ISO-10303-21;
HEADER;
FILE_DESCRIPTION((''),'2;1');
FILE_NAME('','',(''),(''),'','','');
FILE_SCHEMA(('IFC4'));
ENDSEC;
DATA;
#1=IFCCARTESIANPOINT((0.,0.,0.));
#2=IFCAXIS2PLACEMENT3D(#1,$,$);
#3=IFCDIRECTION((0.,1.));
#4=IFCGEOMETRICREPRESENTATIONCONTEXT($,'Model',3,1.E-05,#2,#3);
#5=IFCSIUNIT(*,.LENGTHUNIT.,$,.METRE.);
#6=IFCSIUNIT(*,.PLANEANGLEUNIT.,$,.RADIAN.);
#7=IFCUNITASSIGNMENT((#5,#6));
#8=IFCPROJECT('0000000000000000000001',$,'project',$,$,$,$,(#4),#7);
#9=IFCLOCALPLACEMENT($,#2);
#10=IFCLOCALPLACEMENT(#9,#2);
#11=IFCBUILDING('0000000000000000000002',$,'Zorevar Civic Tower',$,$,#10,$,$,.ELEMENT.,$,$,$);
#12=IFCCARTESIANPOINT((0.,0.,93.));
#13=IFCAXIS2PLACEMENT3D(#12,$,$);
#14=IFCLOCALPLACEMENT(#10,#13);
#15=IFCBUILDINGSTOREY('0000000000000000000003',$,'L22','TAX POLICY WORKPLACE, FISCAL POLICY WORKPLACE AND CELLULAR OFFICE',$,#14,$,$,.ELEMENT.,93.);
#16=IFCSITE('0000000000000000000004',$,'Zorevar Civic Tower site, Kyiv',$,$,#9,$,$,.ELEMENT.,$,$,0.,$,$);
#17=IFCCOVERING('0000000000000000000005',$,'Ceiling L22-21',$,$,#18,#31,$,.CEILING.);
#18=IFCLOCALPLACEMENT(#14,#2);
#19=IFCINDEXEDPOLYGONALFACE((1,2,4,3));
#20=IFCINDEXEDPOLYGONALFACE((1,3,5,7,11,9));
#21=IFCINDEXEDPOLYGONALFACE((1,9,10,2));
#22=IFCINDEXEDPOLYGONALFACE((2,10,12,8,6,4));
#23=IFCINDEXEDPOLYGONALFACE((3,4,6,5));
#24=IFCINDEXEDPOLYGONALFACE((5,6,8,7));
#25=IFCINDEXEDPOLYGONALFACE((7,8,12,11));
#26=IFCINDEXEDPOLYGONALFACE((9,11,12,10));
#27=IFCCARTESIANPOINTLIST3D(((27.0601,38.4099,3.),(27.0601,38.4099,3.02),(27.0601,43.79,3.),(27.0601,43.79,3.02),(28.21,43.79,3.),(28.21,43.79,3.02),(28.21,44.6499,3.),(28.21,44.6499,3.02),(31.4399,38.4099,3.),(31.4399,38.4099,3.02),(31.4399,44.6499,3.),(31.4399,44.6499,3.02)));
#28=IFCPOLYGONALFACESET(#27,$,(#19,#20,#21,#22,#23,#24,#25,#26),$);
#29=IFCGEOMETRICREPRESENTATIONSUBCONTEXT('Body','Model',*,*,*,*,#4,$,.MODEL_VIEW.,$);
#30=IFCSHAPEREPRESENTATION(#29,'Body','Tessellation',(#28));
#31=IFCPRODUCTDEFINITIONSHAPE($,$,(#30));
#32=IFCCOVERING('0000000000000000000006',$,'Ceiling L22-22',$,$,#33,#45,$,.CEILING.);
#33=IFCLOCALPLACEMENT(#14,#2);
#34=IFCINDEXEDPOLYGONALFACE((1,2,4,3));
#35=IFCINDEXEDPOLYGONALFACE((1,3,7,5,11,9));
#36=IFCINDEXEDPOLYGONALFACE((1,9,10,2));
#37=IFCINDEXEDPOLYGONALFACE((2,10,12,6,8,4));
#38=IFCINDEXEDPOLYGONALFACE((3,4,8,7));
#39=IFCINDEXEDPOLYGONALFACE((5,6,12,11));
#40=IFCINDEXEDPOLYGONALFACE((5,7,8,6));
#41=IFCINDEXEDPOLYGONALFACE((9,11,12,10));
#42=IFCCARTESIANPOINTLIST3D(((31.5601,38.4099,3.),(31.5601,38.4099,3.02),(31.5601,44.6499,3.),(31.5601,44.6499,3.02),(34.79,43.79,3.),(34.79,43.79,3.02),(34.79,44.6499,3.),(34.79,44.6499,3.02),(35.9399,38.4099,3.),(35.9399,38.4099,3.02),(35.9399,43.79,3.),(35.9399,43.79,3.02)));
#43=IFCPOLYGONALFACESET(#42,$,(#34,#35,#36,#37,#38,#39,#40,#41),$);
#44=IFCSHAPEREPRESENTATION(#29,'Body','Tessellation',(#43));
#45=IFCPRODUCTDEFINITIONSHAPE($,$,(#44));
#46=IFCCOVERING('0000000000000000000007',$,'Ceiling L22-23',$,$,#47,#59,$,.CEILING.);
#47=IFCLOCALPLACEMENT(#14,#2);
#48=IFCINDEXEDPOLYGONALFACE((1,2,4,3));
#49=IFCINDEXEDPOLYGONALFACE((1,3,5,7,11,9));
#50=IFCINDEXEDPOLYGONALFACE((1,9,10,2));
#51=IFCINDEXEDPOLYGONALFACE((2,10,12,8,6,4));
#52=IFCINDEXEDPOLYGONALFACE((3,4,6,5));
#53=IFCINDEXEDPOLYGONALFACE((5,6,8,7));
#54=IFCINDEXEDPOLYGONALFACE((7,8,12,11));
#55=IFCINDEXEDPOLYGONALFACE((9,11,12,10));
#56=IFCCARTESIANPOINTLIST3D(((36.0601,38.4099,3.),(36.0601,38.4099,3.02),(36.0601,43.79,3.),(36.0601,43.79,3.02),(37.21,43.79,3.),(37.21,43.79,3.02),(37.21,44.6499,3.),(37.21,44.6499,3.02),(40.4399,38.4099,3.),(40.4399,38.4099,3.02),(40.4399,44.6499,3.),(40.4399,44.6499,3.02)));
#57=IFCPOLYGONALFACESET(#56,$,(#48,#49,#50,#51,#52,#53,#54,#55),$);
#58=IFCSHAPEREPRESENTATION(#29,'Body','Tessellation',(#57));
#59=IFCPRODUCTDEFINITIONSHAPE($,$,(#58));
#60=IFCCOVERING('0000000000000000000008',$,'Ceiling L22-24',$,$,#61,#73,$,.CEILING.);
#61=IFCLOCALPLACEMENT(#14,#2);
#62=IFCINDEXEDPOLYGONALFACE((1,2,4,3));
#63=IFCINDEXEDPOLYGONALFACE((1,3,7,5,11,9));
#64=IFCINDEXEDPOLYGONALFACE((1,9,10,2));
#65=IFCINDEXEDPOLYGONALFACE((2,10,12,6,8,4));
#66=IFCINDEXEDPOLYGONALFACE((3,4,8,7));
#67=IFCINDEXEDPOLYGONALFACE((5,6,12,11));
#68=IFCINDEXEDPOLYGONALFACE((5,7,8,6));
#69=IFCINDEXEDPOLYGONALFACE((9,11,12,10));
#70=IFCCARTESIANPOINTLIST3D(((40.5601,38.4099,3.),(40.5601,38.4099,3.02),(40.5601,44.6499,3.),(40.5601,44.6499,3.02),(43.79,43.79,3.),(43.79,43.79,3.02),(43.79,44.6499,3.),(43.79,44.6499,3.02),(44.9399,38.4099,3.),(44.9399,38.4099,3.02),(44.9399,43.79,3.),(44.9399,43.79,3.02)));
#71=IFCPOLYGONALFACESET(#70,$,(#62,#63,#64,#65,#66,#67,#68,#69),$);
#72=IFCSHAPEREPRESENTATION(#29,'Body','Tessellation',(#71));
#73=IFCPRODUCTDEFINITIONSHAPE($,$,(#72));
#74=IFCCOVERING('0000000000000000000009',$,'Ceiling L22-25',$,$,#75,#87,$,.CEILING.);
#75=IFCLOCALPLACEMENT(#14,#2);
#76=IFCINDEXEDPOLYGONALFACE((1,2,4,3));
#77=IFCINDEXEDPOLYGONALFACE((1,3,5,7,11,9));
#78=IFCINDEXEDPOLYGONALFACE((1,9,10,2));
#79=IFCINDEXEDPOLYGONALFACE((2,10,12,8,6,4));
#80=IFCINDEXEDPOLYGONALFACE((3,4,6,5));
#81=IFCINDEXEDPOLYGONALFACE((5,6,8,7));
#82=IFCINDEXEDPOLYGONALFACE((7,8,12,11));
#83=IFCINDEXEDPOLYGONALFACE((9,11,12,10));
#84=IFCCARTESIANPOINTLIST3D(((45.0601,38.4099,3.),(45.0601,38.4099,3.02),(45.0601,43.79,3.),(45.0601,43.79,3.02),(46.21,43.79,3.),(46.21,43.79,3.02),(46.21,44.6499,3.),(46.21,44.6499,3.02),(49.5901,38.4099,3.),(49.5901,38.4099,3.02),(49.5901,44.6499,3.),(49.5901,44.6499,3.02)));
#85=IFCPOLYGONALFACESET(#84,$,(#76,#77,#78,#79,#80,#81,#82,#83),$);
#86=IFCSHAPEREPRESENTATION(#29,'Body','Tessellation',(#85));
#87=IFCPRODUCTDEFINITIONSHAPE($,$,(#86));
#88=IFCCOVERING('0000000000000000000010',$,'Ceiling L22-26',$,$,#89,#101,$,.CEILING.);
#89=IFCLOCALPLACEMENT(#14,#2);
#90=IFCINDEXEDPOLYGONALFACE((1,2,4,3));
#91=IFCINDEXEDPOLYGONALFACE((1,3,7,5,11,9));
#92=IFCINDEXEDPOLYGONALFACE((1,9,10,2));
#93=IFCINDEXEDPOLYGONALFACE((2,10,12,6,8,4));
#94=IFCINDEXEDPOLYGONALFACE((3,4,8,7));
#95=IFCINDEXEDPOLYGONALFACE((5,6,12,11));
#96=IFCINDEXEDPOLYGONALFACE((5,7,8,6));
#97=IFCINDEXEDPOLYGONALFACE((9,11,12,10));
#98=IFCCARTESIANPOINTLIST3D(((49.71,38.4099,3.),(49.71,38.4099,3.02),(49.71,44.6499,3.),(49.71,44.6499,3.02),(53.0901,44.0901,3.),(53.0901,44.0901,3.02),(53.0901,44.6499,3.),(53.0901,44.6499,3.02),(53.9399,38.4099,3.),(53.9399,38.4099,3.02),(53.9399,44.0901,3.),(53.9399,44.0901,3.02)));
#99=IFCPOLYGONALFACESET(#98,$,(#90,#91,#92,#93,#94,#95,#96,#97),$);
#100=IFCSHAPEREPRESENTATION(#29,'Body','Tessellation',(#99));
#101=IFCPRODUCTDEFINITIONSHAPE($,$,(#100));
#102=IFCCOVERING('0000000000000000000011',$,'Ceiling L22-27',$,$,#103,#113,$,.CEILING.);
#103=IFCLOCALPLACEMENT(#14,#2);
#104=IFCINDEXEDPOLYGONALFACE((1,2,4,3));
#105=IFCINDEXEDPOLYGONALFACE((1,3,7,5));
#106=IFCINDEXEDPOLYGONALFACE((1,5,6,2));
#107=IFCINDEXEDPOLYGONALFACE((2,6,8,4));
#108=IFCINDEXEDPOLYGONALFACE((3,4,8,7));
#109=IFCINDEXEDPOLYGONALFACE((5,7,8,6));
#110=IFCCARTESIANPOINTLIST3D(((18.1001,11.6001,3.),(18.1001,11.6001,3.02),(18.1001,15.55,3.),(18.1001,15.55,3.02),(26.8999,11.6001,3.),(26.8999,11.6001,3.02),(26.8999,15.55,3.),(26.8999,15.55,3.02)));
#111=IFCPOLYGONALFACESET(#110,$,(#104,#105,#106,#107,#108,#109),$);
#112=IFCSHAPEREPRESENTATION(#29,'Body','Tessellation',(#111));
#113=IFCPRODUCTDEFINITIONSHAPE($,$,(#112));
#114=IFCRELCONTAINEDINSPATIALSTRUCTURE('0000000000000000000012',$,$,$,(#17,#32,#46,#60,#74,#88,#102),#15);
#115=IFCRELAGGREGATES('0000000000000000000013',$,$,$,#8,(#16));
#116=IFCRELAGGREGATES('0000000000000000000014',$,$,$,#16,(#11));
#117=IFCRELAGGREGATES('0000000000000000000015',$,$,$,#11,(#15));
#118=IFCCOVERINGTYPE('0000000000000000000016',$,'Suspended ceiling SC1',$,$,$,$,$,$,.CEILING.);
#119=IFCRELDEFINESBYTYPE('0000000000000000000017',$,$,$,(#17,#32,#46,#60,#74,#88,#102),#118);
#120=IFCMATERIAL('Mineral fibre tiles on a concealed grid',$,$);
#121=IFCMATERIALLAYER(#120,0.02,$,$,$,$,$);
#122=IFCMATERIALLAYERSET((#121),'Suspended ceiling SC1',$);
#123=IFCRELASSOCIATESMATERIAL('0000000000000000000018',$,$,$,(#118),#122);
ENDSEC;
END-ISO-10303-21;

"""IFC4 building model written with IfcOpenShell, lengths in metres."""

from ifc_helpers import new_model, si_unit, direction, frame, origin, place, context, subcontext, project, spatial, polyline, outline, extrude, material, layer, layer_set, type_object, element, save


model = new_model("IFC4")

# Units and contexts
model_context = context("Model", 3, precision=1e-05, world=origin(), true_north=direction((0.0, 1.0)))
body_context = subcontext(model_context, "Body", "Model", "MODEL_VIEW")
ifc_project = project(units=[si_unit("LENGTHUNIT", "METRE"), si_unit("PLANEANGLEUNIT", "RADIAN")], contexts=[model_context])

# Site, building, storey
site_placement = place(None, origin())
site = spatial("IfcSite", under=ifc_project, at=site_placement, Name="Zorevar Civic Tower site, Kyiv", CompositionType="ELEMENT", RefElevation=0.0)
building_placement = place(site_placement, origin())
building = spatial("IfcBuilding", under=site, at=building_placement, Name="Zorevar Civic Tower", CompositionType="ELEMENT")
storey_placement = place(building_placement, frame((0.0, 0.0, 93.0)))
storey = spatial("IfcBuildingStorey", under=building, at=storey_placement, Name="L22", Description="TAX POLICY WORKPLACE, FISCAL POLICY WORKPLACE AND CELLULAR OFFICE", CompositionType="ELEMENT", Elevation=93.0)

# Coverings
ifc_material_1 = material(Name="Mineral fibre tiles on a concealed grid")
ifc_layer_1 = layer(ifc_material_1, 0.02)
ifc_layer_set_1 = layer_set([ifc_layer_1], Name="Suspended ceiling SC1")
covering_type_1 = type_object("IfcCoveringType", Name="Suspended ceiling SC1", PredefinedType="CEILING", material=ifc_layer_set_1)
covering_1_placement = place(storey_placement, frame((0.0, 0.0, 3.0)))
element("IfcCovering", 1, at=covering_1_placement, inside=storey, type_object=covering_type_1, Name="Ceiling L22-21", PredefinedType="CEILING", context=body_context, shape_type="SweptSolid", body=[
    extrude(outline(polyline([(27.0601, 38.4099), (27.0601, 43.79), (28.21, 43.79), (28.21, 44.6499), (31.4399, 44.6499), (31.4399, 38.4099), (27.0601, 38.4099)])), origin(), (0.0, 0.0, 1.0), 0.02),
])
covering_2_placement = place(storey_placement, frame((0.0, 0.0, 3.0)))
element("IfcCovering", 2, at=covering_2_placement, inside=storey, type_object=covering_type_1, Name="Ceiling L22-22", PredefinedType="CEILING", context=body_context, shape_type="SweptSolid", body=[
    extrude(outline(polyline([(31.5601, 38.4099), (31.5601, 44.6499), (34.79, 44.6499), (34.79, 43.79), (35.9399, 43.79), (35.9399, 38.4099), (31.5601, 38.4099)])), origin(), (0.0, 0.0, 1.0), 0.02),
])
covering_3_placement = place(storey_placement, frame((0.0, 0.0, 3.0)))
element("IfcCovering", 3, at=covering_3_placement, inside=storey, type_object=covering_type_1, Name="Ceiling L22-23", PredefinedType="CEILING", context=body_context, shape_type="SweptSolid", body=[
    extrude(outline(polyline([(36.0601, 38.4099), (36.0601, 43.79), (37.21, 43.79), (37.21, 44.6499), (40.4399, 44.6499), (40.4399, 38.4099), (36.0601, 38.4099)])), origin(), (0.0, 0.0, 1.0), 0.02),
])
covering_4_placement = place(storey_placement, frame((0.0, 0.0, 3.0)))
element("IfcCovering", 4, at=covering_4_placement, inside=storey, type_object=covering_type_1, Name="Ceiling L22-24", PredefinedType="CEILING", context=body_context, shape_type="SweptSolid", body=[
    extrude(outline(polyline([(40.5601, 38.4099), (40.5601, 44.6499), (43.79, 44.6499), (43.79, 43.79), (44.9399, 43.79), (44.9399, 38.4099), (40.5601, 38.4099)])), origin(), (0.0, 0.0, 1.0), 0.02),
])
covering_5_placement = place(storey_placement, frame((0.0, 0.0, 3.0)))
element("IfcCovering", 5, at=covering_5_placement, inside=storey, type_object=covering_type_1, Name="Ceiling L22-25", PredefinedType="CEILING", context=body_context, shape_type="SweptSolid", body=[
    extrude(outline(polyline([(45.0601, 38.4099), (45.0601, 43.79), (46.21, 43.79), (46.21, 44.6499), (49.5901, 44.6499), (49.5901, 38.4099), (45.0601, 38.4099)])), origin(), (0.0, 0.0, 1.0), 0.02),
])
covering_6_placement = place(storey_placement, frame((0.0, 0.0, 3.0)))
element("IfcCovering", 6, at=covering_6_placement, inside=storey, type_object=covering_type_1, Name="Ceiling L22-26", PredefinedType="CEILING", context=body_context, shape_type="SweptSolid", body=[
    extrude(outline(polyline([(49.71, 38.4099), (49.71, 44.6499), (53.0901, 44.6499), (53.0901, 44.0901), (53.9399, 44.0901), (53.9399, 38.4099), (49.71, 38.4099)])), origin(), (0.0, 0.0, 1.0), 0.02),
])
covering_7_placement = place(storey_placement, frame((0.0, 0.0, 3.0)))
element("IfcCovering", 7, at=covering_7_placement, inside=storey, type_object=covering_type_1, Name="Ceiling L22-27", PredefinedType="CEILING", context=body_context, shape_type="SweptSolid", body=[
    extrude(outline(polyline([(18.1001, 11.6001), (18.1001, 15.55), (26.8999, 15.55), (26.8999, 11.6001), (18.1001, 11.6001)])), origin(), (0.0, 0.0, 1.0), 0.02),
])

save(model, "model.ifc")
